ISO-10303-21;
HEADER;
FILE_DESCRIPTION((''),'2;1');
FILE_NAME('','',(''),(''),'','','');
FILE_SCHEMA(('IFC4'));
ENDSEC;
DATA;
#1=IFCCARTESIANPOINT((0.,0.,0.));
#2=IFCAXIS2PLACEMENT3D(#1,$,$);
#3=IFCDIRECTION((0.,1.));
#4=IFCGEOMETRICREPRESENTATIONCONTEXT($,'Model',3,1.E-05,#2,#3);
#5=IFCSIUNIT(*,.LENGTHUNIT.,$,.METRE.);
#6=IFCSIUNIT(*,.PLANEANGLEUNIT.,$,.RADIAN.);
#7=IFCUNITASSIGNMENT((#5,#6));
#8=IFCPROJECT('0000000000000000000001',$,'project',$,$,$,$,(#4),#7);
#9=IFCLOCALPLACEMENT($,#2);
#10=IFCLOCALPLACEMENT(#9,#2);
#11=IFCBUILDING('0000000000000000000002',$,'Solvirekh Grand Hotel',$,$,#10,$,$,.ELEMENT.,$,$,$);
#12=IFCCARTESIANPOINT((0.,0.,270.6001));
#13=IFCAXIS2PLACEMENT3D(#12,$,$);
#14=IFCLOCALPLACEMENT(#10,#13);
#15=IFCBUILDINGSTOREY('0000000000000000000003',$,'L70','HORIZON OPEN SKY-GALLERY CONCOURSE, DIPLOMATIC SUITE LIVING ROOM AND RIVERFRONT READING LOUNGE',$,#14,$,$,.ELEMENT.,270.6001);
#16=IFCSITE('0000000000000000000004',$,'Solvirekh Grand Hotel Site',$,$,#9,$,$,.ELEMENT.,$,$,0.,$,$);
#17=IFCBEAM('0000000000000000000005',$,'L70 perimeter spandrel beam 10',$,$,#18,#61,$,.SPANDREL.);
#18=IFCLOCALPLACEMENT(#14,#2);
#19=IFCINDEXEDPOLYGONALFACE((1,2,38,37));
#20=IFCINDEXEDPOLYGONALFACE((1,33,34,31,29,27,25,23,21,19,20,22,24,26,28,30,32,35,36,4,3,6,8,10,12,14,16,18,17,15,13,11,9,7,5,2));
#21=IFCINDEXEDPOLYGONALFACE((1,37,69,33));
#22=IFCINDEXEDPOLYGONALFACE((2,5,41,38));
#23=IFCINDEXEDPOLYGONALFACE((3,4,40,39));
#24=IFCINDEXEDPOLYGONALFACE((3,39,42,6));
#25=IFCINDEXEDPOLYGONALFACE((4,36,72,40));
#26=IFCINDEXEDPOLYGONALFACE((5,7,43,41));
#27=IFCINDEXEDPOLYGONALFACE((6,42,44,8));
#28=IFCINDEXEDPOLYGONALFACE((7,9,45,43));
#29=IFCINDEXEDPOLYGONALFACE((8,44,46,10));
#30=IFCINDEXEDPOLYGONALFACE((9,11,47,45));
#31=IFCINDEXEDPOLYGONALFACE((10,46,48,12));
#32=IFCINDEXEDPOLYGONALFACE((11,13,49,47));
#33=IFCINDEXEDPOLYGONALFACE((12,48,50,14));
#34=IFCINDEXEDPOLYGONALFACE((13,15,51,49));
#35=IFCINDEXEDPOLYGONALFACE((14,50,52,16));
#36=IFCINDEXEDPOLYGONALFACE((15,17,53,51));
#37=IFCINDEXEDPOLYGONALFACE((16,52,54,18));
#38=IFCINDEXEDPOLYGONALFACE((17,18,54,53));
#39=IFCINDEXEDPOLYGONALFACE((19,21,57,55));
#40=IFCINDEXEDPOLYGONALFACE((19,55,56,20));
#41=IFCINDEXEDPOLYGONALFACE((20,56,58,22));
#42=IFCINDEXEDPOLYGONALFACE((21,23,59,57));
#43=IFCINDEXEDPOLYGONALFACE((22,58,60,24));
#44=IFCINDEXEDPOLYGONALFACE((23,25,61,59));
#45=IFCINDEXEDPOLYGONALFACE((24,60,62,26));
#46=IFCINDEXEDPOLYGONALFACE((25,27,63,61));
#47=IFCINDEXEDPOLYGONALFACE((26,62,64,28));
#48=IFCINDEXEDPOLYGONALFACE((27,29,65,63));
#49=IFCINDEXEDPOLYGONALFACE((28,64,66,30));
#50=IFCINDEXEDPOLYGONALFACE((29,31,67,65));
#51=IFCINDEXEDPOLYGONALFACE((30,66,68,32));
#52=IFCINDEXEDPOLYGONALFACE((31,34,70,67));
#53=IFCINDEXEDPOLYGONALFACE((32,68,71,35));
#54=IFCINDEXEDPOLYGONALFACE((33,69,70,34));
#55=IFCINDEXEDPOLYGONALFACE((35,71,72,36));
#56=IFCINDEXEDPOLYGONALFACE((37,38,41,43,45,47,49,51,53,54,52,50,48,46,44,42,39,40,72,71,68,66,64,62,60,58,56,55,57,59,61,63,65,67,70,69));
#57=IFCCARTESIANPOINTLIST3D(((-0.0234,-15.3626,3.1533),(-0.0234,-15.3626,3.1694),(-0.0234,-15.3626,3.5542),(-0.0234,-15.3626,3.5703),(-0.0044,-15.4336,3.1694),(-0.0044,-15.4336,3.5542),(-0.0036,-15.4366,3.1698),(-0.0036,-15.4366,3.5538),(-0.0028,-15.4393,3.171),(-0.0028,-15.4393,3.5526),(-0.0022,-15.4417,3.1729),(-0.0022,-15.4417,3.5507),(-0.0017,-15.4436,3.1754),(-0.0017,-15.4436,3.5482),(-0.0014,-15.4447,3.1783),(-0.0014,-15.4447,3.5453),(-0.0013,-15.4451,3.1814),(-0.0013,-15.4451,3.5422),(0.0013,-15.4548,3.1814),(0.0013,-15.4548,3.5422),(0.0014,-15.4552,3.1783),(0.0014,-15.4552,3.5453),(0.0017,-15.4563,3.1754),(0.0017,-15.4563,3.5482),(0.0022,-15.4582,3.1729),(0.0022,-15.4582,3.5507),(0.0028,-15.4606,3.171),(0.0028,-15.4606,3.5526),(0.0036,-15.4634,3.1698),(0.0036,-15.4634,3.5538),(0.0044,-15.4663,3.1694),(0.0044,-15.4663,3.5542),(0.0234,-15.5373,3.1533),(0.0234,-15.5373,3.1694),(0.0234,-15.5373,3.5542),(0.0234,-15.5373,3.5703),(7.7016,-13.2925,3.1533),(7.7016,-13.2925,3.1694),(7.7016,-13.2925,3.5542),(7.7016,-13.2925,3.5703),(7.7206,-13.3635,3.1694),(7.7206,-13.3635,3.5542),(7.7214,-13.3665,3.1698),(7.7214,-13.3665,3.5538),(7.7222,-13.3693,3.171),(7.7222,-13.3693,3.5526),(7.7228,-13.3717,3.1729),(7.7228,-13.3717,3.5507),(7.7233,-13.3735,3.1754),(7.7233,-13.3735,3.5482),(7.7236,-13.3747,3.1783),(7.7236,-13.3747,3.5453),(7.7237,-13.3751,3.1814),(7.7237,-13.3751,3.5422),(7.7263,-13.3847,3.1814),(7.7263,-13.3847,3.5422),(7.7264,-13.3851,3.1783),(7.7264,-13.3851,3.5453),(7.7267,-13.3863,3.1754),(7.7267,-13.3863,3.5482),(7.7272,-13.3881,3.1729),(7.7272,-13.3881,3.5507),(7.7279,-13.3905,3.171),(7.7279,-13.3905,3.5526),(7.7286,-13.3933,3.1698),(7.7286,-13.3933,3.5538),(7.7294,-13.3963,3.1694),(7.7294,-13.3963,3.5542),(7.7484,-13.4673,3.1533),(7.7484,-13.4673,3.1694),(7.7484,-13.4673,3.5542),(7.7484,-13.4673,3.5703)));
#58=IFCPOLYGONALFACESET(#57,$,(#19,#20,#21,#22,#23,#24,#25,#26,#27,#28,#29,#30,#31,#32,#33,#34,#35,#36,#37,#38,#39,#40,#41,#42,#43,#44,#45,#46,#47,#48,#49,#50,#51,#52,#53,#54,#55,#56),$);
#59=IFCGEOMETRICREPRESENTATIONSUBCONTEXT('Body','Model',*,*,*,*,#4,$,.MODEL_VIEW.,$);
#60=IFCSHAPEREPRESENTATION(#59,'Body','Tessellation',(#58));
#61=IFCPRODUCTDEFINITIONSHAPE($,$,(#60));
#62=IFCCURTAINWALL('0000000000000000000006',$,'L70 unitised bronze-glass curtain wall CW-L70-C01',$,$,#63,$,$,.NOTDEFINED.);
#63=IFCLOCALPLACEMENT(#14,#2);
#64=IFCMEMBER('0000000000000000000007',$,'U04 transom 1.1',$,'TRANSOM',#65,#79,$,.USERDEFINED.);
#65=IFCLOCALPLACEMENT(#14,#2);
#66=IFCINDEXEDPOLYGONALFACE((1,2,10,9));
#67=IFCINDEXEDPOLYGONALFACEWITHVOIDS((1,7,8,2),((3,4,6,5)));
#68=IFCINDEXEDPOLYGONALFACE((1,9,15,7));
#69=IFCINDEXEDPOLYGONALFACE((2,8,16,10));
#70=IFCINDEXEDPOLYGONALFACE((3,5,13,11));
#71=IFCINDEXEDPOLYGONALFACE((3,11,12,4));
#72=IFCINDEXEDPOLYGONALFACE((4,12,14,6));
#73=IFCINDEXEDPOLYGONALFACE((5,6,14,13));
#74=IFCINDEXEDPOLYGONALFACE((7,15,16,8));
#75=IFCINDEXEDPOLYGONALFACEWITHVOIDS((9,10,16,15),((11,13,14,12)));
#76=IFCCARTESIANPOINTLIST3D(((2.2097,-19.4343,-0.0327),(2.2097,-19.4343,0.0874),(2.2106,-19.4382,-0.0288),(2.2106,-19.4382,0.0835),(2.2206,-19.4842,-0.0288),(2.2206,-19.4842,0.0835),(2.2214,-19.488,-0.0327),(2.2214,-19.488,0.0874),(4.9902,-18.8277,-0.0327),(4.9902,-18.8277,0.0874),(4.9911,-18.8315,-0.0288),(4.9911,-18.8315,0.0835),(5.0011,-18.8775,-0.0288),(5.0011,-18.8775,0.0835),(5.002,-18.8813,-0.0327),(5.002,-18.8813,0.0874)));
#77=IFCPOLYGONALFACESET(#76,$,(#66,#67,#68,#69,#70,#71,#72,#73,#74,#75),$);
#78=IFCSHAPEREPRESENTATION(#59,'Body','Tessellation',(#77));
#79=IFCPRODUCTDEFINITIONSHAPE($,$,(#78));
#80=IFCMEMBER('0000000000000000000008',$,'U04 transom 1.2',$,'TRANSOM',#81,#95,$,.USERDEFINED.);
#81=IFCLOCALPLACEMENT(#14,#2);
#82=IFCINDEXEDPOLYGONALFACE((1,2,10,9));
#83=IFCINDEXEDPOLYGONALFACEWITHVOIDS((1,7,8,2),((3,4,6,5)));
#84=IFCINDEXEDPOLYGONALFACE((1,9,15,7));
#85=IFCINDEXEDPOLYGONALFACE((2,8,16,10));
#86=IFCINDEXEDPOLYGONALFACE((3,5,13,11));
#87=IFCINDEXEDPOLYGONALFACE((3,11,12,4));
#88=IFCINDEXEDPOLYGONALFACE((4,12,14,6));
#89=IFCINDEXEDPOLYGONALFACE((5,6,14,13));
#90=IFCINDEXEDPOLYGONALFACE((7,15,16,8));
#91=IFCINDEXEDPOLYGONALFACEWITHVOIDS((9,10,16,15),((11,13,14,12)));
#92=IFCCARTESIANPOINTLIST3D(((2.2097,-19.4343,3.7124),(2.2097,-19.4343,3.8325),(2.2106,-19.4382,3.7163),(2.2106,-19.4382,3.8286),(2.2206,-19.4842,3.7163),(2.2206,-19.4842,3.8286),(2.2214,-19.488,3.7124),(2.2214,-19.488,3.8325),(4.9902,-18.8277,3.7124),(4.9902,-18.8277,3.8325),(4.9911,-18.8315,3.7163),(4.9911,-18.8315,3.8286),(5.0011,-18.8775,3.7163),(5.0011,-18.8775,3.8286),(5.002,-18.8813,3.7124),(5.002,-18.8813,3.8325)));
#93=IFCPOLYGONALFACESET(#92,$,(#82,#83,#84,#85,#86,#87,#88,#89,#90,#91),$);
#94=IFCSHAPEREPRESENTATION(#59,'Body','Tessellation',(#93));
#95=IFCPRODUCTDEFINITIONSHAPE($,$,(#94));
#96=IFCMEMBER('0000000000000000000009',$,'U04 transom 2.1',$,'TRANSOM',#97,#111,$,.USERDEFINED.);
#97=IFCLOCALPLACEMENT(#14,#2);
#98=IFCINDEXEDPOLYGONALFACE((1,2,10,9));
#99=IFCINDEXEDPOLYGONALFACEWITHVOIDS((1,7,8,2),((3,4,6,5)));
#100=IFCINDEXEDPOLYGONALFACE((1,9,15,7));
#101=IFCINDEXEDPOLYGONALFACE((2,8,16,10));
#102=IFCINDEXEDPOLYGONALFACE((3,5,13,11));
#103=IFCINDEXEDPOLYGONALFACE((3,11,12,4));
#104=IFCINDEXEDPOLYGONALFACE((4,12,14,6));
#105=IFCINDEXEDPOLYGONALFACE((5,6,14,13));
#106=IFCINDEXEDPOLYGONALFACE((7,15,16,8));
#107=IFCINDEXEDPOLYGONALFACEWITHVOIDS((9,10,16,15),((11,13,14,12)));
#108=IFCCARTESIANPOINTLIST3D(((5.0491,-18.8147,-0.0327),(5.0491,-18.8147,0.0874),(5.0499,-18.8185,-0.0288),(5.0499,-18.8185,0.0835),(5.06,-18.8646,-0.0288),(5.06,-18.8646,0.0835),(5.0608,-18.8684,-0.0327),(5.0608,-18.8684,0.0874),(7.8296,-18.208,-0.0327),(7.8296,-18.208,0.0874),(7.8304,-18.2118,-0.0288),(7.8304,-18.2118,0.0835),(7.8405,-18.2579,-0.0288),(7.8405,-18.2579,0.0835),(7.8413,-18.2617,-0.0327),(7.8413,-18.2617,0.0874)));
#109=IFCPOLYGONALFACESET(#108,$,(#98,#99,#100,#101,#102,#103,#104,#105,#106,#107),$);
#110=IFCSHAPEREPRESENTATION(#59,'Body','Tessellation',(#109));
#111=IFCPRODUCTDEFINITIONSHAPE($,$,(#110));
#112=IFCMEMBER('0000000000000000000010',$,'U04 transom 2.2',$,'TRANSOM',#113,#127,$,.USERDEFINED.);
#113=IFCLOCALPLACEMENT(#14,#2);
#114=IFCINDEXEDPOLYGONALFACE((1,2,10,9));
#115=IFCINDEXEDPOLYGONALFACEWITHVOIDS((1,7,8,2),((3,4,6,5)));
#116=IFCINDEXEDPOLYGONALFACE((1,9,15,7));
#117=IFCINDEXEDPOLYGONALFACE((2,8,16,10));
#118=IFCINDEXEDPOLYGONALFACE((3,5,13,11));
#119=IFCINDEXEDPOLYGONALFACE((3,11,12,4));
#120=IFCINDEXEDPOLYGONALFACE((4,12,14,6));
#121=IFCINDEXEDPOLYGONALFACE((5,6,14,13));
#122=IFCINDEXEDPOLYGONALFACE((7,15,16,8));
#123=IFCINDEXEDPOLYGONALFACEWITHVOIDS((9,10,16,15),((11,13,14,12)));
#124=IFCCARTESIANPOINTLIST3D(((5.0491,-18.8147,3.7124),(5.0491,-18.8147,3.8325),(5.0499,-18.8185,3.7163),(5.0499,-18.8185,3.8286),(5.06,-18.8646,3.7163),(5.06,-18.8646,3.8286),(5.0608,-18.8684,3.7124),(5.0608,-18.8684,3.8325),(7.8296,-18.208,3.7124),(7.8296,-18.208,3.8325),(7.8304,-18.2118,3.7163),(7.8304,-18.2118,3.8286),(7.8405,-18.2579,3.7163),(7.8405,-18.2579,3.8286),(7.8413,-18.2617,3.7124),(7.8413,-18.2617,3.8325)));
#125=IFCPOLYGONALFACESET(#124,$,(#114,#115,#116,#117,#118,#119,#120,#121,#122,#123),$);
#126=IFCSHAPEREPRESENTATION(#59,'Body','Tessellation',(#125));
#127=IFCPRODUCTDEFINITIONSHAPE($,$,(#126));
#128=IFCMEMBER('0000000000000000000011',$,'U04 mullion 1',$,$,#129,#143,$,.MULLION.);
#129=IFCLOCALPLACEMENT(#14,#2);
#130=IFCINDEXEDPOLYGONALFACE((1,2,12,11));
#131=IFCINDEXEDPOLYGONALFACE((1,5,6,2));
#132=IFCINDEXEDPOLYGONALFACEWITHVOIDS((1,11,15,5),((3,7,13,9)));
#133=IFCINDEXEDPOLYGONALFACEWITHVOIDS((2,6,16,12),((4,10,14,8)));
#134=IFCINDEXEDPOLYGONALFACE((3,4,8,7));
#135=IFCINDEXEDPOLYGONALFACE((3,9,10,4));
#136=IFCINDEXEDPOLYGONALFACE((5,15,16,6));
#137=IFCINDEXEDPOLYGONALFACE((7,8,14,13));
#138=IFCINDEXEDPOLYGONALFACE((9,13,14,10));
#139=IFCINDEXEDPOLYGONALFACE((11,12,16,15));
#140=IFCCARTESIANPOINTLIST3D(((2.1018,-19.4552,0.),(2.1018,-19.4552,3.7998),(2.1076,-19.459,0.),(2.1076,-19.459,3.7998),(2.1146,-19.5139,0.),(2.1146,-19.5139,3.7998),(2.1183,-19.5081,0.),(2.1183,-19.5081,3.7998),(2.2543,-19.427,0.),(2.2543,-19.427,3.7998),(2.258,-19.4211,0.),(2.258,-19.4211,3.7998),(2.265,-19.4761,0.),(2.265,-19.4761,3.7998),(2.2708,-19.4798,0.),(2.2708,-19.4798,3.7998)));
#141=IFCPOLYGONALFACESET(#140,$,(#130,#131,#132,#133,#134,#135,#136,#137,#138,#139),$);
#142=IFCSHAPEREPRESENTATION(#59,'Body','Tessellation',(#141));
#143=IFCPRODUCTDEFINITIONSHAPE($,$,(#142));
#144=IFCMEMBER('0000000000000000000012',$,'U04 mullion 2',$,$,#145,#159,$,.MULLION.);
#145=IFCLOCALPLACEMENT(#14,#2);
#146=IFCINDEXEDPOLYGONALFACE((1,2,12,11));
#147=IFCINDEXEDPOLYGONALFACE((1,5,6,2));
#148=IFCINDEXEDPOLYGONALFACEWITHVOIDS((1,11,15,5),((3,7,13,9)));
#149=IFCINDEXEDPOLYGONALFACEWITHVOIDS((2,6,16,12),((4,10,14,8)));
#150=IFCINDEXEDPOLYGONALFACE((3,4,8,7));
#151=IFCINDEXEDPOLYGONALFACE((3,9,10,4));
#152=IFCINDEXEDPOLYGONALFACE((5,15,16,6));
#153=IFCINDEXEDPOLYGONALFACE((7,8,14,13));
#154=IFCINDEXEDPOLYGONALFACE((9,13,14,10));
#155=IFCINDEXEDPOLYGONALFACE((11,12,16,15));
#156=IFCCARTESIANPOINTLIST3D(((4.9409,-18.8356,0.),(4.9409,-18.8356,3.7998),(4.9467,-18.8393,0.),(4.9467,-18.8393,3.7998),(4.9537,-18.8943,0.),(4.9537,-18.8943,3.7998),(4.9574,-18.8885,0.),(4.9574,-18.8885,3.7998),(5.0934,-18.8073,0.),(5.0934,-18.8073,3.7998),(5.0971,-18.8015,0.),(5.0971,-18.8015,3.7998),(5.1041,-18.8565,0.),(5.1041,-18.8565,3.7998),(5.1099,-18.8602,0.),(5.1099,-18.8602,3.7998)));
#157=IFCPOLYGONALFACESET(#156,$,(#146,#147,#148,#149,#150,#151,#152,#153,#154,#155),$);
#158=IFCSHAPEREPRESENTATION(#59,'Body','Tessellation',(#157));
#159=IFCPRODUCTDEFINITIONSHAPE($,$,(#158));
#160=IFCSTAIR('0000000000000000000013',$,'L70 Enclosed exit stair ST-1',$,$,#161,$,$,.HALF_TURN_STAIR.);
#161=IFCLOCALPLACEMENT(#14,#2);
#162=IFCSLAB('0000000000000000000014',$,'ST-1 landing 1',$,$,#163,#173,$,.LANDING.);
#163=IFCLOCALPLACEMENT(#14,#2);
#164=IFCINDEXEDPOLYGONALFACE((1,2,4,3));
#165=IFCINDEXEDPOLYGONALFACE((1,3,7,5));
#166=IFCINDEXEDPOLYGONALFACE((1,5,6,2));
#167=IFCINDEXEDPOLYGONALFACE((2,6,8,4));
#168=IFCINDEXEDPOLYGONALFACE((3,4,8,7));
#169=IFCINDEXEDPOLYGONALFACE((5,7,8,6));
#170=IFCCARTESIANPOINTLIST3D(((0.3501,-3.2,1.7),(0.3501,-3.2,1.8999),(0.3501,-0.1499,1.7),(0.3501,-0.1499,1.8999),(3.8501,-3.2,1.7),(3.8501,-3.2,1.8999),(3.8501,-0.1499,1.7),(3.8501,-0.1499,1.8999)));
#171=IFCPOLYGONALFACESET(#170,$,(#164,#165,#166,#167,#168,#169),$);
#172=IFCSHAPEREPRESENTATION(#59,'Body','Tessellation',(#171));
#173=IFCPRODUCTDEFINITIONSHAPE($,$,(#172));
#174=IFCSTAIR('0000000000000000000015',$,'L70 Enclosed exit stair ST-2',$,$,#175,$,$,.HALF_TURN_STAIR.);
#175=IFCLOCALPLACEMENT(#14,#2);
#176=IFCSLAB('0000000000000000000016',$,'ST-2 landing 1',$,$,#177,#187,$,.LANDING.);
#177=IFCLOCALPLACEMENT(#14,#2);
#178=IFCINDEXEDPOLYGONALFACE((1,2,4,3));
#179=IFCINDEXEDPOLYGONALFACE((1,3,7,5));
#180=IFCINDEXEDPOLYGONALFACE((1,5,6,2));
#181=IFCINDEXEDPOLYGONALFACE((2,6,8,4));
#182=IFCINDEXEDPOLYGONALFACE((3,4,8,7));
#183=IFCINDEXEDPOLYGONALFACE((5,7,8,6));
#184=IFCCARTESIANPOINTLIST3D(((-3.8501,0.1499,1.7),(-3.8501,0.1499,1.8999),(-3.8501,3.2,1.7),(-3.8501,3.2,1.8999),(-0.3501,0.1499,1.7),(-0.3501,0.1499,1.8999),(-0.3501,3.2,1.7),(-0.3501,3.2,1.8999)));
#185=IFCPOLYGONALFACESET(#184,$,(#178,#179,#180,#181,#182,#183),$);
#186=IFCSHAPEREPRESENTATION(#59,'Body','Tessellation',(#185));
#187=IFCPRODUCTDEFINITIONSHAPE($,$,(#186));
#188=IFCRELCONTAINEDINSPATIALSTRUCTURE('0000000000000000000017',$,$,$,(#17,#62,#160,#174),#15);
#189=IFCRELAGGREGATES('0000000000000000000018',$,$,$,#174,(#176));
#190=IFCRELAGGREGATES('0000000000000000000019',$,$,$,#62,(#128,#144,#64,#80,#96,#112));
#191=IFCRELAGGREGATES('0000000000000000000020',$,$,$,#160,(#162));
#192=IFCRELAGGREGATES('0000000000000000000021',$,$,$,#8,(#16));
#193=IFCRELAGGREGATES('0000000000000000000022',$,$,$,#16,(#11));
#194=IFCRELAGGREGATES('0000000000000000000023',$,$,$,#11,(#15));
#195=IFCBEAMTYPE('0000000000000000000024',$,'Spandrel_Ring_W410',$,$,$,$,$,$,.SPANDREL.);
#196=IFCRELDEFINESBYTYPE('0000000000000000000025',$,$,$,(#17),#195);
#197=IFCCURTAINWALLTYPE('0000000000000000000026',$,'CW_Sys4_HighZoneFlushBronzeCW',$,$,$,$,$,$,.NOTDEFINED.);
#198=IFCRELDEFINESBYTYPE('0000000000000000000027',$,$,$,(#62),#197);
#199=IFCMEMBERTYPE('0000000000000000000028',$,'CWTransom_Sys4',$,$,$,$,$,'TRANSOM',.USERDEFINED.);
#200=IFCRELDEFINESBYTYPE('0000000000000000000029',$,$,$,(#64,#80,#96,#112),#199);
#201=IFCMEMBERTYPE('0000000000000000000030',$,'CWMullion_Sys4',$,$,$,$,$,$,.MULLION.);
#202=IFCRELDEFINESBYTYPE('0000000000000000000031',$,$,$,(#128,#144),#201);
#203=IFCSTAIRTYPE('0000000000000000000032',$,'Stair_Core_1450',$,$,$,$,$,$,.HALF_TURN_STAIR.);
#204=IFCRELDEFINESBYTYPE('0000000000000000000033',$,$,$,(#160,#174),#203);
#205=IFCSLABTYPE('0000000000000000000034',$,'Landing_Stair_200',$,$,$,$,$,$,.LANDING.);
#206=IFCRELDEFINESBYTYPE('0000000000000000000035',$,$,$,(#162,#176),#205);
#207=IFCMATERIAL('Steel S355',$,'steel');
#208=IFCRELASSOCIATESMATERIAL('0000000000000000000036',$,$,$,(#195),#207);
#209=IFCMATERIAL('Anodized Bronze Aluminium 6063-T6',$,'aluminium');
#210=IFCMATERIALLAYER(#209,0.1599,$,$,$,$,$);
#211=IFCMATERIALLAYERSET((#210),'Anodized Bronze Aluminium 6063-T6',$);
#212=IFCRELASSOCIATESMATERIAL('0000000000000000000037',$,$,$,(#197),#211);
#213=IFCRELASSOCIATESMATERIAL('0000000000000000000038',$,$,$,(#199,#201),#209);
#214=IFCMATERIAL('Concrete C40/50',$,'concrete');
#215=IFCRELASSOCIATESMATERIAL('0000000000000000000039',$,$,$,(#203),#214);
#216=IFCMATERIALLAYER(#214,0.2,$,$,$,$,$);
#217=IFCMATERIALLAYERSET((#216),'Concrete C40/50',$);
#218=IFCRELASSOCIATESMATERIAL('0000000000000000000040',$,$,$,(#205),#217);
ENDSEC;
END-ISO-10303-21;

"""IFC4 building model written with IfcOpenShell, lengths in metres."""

from ifc_helpers import new_model, si_unit, direction, frame, origin, origin_2d, place, context, subcontext, project, spatial, polyline, hollow_rectangle, i_section, outline, extrude, source, transform, mapped, material, layer, layer_set, material_profile, profile_set, type_object, element, aggregate, save


model = new_model("IFC4")

# Units and contexts
model_context = context("Model", 3, precision=1e-05, world=origin(), true_north=direction((0.0, 1.0)))
body_context = subcontext(model_context, "Body", "Model", "MODEL_VIEW")
ifc_project = project(units=[si_unit("LENGTHUNIT", "METRE"), si_unit("PLANEANGLEUNIT", "RADIAN")], contexts=[model_context])

# Site, building, storey
site_placement = place(None, origin())
site = spatial("IfcSite", under=ifc_project, at=site_placement, Name="Solvirekh Grand Hotel Site", CompositionType="ELEMENT", RefElevation=0.0)
building_placement = place(site_placement, origin())
building = spatial("IfcBuilding", under=site, at=building_placement, Name="Solvirekh Grand Hotel", CompositionType="ELEMENT")
storey_placement = place(building_placement, frame((0.0, 0.0, 270.6001)))
storey = spatial("IfcBuildingStorey", under=building, at=storey_placement, Name="L70", Description="HORIZON OPEN SKY-GALLERY CONCOURSE, DIPLOMATIC SUITE LIVING ROOM AND RIVERFRONT READING LOUNGE", CompositionType="ELEMENT", Elevation=270.6001)

# Beam
ifc_material_1 = material(Name="Steel S355", Category="steel")
ifc_material_profile_1 = material_profile(ifc_material_1, i_section(OverallWidth=0.1809, OverallDepth=0.417, WebThickness=0.01, FlangeThickness=0.0161, FilletRadius=0.012, at=origin_2d()), Name="W410X85")
ifc_profile_set_1 = profile_set([ifc_material_profile_1], Name="Steel S355")
beam_type = type_object("IfcBeamType", Name="Spandrel_Ring_W410", PredefinedType="SPANDREL", material=ifc_profile_set_1)
beam_placement = place(storey_placement, frame((0.0, -15.45, 3.3618), z_axis=(0.965922, 0.258835, 0.0), x_axis=(-0.258835, 0.965922, 0.0)))
element("IfcBeam", 1, at=beam_placement, inside=storey, type_object=beam_type, Name="L70 perimeter spandrel beam 10", PredefinedType="SPANDREL", context=body_context, shape_type="SweptSolid", body=[
    extrude(i_section(OverallWidth=0.1809, OverallDepth=0.417, WebThickness=0.01, FlangeThickness=0.0161, FilletRadius=0.012, at=origin_2d()), origin(), (0.0, 0.0, 1.0), 7.9976),
])

# Curtain wall, members
ifc_material_2 = material(Name="Anodized Bronze Aluminium 6063-T6", Category="aluminium")
ifc_layer_1 = layer(ifc_material_2, 0.1599)
ifc_layer_set_1 = layer_set([ifc_layer_1], Name="Anodized Bronze Aluminium 6063-T6")
curtain_wall_type = type_object("IfcCurtainWallType", Name="CW_Sys4_HighZoneFlushBronzeCW", PredefinedType="NOTDEFINED", material=ifc_layer_set_1)
curtain_wall_placement = place(storey_placement, origin())
curtain_wall = element("IfcCurtainWall", 2, at=curtain_wall_placement, inside=storey, type_object=curtain_wall_type, Name="L70 unitised bronze-glass curtain wall CW-L70-C01", PredefinedType="NOTDEFINED")
ifc_material_profile_2 = material_profile(ifc_material_2, hollow_rectangle(XDim=0.0549, YDim=0.1201, WallThickness=0.0039, at=origin_2d()), Name="ALU RHS 120X55X4")
ifc_profile_set_2 = profile_set([ifc_material_profile_2], Name="Anodized Bronze Aluminium 6063-T6")
member_type_1 = type_object("IfcMemberType", Name="CWTransom_Sys4", ElementType="TRANSOM", PredefinedType="USERDEFINED", material=ifc_profile_set_2)
shared_shape_1 = source(origin(), body_context, "Body", "SweptSolid", [
    extrude(hollow_rectangle(XDim=0.0549, YDim=0.1201, WallThickness=0.0039, at=origin_2d()), origin(), (0.0, 0.0, 1.0), 2.8459),
])
member_1_placement = place(storey_placement, frame((2.2156, -19.4612, 0.0273), z_axis=(0.977013, 0.213177, 0.0), x_axis=(-0.213177, 0.977013, 0.0)))
member_1 = element("IfcMember", 3, at=member_1_placement, type_object=member_type_1, Name="U04 transom 1.1", ObjectType="TRANSOM", PredefinedType="USERDEFINED", context=body_context, shape_type="MappedRepresentation", body=[
    mapped(shared_shape_1, transform((0.0, 0.0, 0.0), x_axis=(1.0, 0.0, 0.0), y_axis=(0.0, 1.0, 0.0), z_axis=(0.0, 0.0, 1.0), scale=1.0)),
])
member_2_placement = place(storey_placement, frame((2.2156, -19.4612, 3.7725), z_axis=(0.977013, 0.213177, 0.0), x_axis=(-0.213177, 0.977013, 0.0)))
member_2 = element("IfcMember", 4, at=member_2_placement, type_object=member_type_1, Name="U04 transom 1.2", ObjectType="TRANSOM", PredefinedType="USERDEFINED", context=body_context, shape_type="MappedRepresentation", body=[
    mapped(shared_shape_1, transform((0.0, 0.0, 0.0), x_axis=(1.0, 0.0, 0.0), y_axis=(0.0, 1.0, 0.0), z_axis=(0.0, 0.0, 1.0), scale=1.0)),
])
member_3_placement = place(storey_placement, frame((5.0549, -18.8416, 0.0273), z_axis=(0.977013, 0.213177, 0.0), x_axis=(-0.213177, 0.977013, 0.0)))
member_3 = element("IfcMember", 5, at=member_3_placement, type_object=member_type_1, Name="U04 transom 2.1", ObjectType="TRANSOM", PredefinedType="USERDEFINED", context=body_context, shape_type="MappedRepresentation", body=[
    mapped(shared_shape_1, transform((0.0, 0.0, 0.0), x_axis=(1.0, 0.0, 0.0), y_axis=(0.0, 1.0, 0.0), z_axis=(0.0, 0.0, 1.0), scale=1.0)),
])
member_4_placement = place(storey_placement, frame((5.0549, -18.8416, 3.7725), z_axis=(0.977013, 0.213177, 0.0), x_axis=(-0.213177, 0.977013, 0.0)))
member_4 = element("IfcMember", 6, at=member_4_placement, type_object=member_type_1, Name="U04 transom 2.2", ObjectType="TRANSOM", PredefinedType="USERDEFINED", context=body_context, shape_type="MappedRepresentation", body=[
    mapped(shared_shape_1, transform((0.0, 0.0, 0.0), x_axis=(1.0, 0.0, 0.0), y_axis=(0.0, 1.0, 0.0), z_axis=(0.0, 0.0, 1.0), scale=1.0)),
])
ifc_material_profile_3 = material_profile(ifc_material_2, hollow_rectangle(XDim=0.0601, YDim=0.1599, WallThickness=0.0049, at=origin_2d()), Name="ALU RHS 160X60X5")
ifc_profile_set_3 = profile_set([ifc_material_profile_3], Name="Anodized Bronze Aluminium 6063-T6")
member_type_2 = type_object("IfcMemberType", Name="CWMullion_Sys4", PredefinedType="MULLION", material=ifc_profile_set_3)
shared_shape_2 = source(origin(), body_context, "Body", "SweptSolid", [
    extrude(hollow_rectangle(XDim=0.0601, YDim=0.1599, WallThickness=0.0049, at=origin_2d()), origin(), (0.0, 0.0, 1.0), 3.7998),
])
member_5_placement = place(storey_placement, frame((2.1863, -19.4675, 0.0), z_axis=(0.0, 0.0, 1.0), x_axis=(-0.213214, 0.977005, 0.0)))
member_5 = element("IfcMember", 7, at=member_5_placement, type_object=member_type_2, Name="U04 mullion 1", PredefinedType="MULLION", context=body_context, shape_type="MappedRepresentation", body=[
    mapped(shared_shape_2, transform((0.0, 0.0, 0.0), x_axis=(1.0, 0.0, 0.0), y_axis=(0.0, 1.0, 0.0), z_axis=(0.0, 0.0, 1.0), scale=1.0)),
])
member_6_placement = place(storey_placement, frame((5.0254, -18.8479, 0.0), z_axis=(0.0, 0.0, 1.0), x_axis=(-0.213214, 0.977005, 0.0)))
member_6 = element("IfcMember", 8, at=member_6_placement, type_object=member_type_2, Name="U04 mullion 2", PredefinedType="MULLION", context=body_context, shape_type="MappedRepresentation", body=[
    mapped(shared_shape_2, transform((0.0, 0.0, 0.0), x_axis=(1.0, 0.0, 0.0), y_axis=(0.0, 1.0, 0.0), z_axis=(0.0, 0.0, 1.0), scale=1.0)),
])

# Stairs, slabs
ifc_material_3 = material(Name="Concrete C40/50", Category="concrete")
stair_type = type_object("IfcStairType", Name="Stair_Core_1450", PredefinedType="HALF_TURN_STAIR", material=ifc_material_3)
stair_1_placement = place(storey_placement, origin())
stair_1 = element("IfcStair", 9, at=stair_1_placement, inside=storey, type_object=stair_type, Name="L70 Enclosed exit stair ST-1", PredefinedType="HALF_TURN_STAIR")
ifc_layer_2 = layer(ifc_material_3, 0.2)
ifc_layer_set_2 = layer_set([ifc_layer_2], Name="Concrete C40/50")
slab_type = type_object("IfcSlabType", Name="Landing_Stair_200", PredefinedType="LANDING", material=ifc_layer_set_2)
slab_1_placement = place(storey_placement, frame((0.0, 0.0, 1.7)))
slab_1 = element("IfcSlab", 10, at=slab_1_placement, type_object=slab_type, Name="ST-1 landing 1", PredefinedType="LANDING", context=body_context, shape_type="SweptSolid", body=[
    extrude(outline(polyline([(0.3501, -3.2), (3.8501, -3.2), (3.8501, -0.1499), (0.3501, -0.1499), (0.3501, -3.2)])), origin(), (0.0, 0.0, 1.0), 0.2),
])
stair_2_placement = place(storey_placement, origin())
stair_2 = element("IfcStair", 11, at=stair_2_placement, inside=storey, type_object=stair_type, Name="L70 Enclosed exit stair ST-2", PredefinedType="HALF_TURN_STAIR")
slab_2_placement = place(storey_placement, frame((0.0, 0.0, 1.7)))
slab_2 = element("IfcSlab", 12, at=slab_2_placement, type_object=slab_type, Name="ST-2 landing 1", PredefinedType="LANDING", context=body_context, shape_type="SweptSolid", body=[
    extrude(outline(polyline([(-0.3501, 3.2), (-3.8501, 3.2), (-3.8501, 0.1499), (-0.3501, 0.1499), (-0.3501, 3.2)])), origin(), (0.0, 0.0, 1.0), 0.2),
])
aggregate(stair_2, [slab_2])

aggregate(curtain_wall, [member_5, member_6, member_1, member_2, member_3, member_4])

aggregate(stair_1, [slab_1])

save(model, "model.ifc")
